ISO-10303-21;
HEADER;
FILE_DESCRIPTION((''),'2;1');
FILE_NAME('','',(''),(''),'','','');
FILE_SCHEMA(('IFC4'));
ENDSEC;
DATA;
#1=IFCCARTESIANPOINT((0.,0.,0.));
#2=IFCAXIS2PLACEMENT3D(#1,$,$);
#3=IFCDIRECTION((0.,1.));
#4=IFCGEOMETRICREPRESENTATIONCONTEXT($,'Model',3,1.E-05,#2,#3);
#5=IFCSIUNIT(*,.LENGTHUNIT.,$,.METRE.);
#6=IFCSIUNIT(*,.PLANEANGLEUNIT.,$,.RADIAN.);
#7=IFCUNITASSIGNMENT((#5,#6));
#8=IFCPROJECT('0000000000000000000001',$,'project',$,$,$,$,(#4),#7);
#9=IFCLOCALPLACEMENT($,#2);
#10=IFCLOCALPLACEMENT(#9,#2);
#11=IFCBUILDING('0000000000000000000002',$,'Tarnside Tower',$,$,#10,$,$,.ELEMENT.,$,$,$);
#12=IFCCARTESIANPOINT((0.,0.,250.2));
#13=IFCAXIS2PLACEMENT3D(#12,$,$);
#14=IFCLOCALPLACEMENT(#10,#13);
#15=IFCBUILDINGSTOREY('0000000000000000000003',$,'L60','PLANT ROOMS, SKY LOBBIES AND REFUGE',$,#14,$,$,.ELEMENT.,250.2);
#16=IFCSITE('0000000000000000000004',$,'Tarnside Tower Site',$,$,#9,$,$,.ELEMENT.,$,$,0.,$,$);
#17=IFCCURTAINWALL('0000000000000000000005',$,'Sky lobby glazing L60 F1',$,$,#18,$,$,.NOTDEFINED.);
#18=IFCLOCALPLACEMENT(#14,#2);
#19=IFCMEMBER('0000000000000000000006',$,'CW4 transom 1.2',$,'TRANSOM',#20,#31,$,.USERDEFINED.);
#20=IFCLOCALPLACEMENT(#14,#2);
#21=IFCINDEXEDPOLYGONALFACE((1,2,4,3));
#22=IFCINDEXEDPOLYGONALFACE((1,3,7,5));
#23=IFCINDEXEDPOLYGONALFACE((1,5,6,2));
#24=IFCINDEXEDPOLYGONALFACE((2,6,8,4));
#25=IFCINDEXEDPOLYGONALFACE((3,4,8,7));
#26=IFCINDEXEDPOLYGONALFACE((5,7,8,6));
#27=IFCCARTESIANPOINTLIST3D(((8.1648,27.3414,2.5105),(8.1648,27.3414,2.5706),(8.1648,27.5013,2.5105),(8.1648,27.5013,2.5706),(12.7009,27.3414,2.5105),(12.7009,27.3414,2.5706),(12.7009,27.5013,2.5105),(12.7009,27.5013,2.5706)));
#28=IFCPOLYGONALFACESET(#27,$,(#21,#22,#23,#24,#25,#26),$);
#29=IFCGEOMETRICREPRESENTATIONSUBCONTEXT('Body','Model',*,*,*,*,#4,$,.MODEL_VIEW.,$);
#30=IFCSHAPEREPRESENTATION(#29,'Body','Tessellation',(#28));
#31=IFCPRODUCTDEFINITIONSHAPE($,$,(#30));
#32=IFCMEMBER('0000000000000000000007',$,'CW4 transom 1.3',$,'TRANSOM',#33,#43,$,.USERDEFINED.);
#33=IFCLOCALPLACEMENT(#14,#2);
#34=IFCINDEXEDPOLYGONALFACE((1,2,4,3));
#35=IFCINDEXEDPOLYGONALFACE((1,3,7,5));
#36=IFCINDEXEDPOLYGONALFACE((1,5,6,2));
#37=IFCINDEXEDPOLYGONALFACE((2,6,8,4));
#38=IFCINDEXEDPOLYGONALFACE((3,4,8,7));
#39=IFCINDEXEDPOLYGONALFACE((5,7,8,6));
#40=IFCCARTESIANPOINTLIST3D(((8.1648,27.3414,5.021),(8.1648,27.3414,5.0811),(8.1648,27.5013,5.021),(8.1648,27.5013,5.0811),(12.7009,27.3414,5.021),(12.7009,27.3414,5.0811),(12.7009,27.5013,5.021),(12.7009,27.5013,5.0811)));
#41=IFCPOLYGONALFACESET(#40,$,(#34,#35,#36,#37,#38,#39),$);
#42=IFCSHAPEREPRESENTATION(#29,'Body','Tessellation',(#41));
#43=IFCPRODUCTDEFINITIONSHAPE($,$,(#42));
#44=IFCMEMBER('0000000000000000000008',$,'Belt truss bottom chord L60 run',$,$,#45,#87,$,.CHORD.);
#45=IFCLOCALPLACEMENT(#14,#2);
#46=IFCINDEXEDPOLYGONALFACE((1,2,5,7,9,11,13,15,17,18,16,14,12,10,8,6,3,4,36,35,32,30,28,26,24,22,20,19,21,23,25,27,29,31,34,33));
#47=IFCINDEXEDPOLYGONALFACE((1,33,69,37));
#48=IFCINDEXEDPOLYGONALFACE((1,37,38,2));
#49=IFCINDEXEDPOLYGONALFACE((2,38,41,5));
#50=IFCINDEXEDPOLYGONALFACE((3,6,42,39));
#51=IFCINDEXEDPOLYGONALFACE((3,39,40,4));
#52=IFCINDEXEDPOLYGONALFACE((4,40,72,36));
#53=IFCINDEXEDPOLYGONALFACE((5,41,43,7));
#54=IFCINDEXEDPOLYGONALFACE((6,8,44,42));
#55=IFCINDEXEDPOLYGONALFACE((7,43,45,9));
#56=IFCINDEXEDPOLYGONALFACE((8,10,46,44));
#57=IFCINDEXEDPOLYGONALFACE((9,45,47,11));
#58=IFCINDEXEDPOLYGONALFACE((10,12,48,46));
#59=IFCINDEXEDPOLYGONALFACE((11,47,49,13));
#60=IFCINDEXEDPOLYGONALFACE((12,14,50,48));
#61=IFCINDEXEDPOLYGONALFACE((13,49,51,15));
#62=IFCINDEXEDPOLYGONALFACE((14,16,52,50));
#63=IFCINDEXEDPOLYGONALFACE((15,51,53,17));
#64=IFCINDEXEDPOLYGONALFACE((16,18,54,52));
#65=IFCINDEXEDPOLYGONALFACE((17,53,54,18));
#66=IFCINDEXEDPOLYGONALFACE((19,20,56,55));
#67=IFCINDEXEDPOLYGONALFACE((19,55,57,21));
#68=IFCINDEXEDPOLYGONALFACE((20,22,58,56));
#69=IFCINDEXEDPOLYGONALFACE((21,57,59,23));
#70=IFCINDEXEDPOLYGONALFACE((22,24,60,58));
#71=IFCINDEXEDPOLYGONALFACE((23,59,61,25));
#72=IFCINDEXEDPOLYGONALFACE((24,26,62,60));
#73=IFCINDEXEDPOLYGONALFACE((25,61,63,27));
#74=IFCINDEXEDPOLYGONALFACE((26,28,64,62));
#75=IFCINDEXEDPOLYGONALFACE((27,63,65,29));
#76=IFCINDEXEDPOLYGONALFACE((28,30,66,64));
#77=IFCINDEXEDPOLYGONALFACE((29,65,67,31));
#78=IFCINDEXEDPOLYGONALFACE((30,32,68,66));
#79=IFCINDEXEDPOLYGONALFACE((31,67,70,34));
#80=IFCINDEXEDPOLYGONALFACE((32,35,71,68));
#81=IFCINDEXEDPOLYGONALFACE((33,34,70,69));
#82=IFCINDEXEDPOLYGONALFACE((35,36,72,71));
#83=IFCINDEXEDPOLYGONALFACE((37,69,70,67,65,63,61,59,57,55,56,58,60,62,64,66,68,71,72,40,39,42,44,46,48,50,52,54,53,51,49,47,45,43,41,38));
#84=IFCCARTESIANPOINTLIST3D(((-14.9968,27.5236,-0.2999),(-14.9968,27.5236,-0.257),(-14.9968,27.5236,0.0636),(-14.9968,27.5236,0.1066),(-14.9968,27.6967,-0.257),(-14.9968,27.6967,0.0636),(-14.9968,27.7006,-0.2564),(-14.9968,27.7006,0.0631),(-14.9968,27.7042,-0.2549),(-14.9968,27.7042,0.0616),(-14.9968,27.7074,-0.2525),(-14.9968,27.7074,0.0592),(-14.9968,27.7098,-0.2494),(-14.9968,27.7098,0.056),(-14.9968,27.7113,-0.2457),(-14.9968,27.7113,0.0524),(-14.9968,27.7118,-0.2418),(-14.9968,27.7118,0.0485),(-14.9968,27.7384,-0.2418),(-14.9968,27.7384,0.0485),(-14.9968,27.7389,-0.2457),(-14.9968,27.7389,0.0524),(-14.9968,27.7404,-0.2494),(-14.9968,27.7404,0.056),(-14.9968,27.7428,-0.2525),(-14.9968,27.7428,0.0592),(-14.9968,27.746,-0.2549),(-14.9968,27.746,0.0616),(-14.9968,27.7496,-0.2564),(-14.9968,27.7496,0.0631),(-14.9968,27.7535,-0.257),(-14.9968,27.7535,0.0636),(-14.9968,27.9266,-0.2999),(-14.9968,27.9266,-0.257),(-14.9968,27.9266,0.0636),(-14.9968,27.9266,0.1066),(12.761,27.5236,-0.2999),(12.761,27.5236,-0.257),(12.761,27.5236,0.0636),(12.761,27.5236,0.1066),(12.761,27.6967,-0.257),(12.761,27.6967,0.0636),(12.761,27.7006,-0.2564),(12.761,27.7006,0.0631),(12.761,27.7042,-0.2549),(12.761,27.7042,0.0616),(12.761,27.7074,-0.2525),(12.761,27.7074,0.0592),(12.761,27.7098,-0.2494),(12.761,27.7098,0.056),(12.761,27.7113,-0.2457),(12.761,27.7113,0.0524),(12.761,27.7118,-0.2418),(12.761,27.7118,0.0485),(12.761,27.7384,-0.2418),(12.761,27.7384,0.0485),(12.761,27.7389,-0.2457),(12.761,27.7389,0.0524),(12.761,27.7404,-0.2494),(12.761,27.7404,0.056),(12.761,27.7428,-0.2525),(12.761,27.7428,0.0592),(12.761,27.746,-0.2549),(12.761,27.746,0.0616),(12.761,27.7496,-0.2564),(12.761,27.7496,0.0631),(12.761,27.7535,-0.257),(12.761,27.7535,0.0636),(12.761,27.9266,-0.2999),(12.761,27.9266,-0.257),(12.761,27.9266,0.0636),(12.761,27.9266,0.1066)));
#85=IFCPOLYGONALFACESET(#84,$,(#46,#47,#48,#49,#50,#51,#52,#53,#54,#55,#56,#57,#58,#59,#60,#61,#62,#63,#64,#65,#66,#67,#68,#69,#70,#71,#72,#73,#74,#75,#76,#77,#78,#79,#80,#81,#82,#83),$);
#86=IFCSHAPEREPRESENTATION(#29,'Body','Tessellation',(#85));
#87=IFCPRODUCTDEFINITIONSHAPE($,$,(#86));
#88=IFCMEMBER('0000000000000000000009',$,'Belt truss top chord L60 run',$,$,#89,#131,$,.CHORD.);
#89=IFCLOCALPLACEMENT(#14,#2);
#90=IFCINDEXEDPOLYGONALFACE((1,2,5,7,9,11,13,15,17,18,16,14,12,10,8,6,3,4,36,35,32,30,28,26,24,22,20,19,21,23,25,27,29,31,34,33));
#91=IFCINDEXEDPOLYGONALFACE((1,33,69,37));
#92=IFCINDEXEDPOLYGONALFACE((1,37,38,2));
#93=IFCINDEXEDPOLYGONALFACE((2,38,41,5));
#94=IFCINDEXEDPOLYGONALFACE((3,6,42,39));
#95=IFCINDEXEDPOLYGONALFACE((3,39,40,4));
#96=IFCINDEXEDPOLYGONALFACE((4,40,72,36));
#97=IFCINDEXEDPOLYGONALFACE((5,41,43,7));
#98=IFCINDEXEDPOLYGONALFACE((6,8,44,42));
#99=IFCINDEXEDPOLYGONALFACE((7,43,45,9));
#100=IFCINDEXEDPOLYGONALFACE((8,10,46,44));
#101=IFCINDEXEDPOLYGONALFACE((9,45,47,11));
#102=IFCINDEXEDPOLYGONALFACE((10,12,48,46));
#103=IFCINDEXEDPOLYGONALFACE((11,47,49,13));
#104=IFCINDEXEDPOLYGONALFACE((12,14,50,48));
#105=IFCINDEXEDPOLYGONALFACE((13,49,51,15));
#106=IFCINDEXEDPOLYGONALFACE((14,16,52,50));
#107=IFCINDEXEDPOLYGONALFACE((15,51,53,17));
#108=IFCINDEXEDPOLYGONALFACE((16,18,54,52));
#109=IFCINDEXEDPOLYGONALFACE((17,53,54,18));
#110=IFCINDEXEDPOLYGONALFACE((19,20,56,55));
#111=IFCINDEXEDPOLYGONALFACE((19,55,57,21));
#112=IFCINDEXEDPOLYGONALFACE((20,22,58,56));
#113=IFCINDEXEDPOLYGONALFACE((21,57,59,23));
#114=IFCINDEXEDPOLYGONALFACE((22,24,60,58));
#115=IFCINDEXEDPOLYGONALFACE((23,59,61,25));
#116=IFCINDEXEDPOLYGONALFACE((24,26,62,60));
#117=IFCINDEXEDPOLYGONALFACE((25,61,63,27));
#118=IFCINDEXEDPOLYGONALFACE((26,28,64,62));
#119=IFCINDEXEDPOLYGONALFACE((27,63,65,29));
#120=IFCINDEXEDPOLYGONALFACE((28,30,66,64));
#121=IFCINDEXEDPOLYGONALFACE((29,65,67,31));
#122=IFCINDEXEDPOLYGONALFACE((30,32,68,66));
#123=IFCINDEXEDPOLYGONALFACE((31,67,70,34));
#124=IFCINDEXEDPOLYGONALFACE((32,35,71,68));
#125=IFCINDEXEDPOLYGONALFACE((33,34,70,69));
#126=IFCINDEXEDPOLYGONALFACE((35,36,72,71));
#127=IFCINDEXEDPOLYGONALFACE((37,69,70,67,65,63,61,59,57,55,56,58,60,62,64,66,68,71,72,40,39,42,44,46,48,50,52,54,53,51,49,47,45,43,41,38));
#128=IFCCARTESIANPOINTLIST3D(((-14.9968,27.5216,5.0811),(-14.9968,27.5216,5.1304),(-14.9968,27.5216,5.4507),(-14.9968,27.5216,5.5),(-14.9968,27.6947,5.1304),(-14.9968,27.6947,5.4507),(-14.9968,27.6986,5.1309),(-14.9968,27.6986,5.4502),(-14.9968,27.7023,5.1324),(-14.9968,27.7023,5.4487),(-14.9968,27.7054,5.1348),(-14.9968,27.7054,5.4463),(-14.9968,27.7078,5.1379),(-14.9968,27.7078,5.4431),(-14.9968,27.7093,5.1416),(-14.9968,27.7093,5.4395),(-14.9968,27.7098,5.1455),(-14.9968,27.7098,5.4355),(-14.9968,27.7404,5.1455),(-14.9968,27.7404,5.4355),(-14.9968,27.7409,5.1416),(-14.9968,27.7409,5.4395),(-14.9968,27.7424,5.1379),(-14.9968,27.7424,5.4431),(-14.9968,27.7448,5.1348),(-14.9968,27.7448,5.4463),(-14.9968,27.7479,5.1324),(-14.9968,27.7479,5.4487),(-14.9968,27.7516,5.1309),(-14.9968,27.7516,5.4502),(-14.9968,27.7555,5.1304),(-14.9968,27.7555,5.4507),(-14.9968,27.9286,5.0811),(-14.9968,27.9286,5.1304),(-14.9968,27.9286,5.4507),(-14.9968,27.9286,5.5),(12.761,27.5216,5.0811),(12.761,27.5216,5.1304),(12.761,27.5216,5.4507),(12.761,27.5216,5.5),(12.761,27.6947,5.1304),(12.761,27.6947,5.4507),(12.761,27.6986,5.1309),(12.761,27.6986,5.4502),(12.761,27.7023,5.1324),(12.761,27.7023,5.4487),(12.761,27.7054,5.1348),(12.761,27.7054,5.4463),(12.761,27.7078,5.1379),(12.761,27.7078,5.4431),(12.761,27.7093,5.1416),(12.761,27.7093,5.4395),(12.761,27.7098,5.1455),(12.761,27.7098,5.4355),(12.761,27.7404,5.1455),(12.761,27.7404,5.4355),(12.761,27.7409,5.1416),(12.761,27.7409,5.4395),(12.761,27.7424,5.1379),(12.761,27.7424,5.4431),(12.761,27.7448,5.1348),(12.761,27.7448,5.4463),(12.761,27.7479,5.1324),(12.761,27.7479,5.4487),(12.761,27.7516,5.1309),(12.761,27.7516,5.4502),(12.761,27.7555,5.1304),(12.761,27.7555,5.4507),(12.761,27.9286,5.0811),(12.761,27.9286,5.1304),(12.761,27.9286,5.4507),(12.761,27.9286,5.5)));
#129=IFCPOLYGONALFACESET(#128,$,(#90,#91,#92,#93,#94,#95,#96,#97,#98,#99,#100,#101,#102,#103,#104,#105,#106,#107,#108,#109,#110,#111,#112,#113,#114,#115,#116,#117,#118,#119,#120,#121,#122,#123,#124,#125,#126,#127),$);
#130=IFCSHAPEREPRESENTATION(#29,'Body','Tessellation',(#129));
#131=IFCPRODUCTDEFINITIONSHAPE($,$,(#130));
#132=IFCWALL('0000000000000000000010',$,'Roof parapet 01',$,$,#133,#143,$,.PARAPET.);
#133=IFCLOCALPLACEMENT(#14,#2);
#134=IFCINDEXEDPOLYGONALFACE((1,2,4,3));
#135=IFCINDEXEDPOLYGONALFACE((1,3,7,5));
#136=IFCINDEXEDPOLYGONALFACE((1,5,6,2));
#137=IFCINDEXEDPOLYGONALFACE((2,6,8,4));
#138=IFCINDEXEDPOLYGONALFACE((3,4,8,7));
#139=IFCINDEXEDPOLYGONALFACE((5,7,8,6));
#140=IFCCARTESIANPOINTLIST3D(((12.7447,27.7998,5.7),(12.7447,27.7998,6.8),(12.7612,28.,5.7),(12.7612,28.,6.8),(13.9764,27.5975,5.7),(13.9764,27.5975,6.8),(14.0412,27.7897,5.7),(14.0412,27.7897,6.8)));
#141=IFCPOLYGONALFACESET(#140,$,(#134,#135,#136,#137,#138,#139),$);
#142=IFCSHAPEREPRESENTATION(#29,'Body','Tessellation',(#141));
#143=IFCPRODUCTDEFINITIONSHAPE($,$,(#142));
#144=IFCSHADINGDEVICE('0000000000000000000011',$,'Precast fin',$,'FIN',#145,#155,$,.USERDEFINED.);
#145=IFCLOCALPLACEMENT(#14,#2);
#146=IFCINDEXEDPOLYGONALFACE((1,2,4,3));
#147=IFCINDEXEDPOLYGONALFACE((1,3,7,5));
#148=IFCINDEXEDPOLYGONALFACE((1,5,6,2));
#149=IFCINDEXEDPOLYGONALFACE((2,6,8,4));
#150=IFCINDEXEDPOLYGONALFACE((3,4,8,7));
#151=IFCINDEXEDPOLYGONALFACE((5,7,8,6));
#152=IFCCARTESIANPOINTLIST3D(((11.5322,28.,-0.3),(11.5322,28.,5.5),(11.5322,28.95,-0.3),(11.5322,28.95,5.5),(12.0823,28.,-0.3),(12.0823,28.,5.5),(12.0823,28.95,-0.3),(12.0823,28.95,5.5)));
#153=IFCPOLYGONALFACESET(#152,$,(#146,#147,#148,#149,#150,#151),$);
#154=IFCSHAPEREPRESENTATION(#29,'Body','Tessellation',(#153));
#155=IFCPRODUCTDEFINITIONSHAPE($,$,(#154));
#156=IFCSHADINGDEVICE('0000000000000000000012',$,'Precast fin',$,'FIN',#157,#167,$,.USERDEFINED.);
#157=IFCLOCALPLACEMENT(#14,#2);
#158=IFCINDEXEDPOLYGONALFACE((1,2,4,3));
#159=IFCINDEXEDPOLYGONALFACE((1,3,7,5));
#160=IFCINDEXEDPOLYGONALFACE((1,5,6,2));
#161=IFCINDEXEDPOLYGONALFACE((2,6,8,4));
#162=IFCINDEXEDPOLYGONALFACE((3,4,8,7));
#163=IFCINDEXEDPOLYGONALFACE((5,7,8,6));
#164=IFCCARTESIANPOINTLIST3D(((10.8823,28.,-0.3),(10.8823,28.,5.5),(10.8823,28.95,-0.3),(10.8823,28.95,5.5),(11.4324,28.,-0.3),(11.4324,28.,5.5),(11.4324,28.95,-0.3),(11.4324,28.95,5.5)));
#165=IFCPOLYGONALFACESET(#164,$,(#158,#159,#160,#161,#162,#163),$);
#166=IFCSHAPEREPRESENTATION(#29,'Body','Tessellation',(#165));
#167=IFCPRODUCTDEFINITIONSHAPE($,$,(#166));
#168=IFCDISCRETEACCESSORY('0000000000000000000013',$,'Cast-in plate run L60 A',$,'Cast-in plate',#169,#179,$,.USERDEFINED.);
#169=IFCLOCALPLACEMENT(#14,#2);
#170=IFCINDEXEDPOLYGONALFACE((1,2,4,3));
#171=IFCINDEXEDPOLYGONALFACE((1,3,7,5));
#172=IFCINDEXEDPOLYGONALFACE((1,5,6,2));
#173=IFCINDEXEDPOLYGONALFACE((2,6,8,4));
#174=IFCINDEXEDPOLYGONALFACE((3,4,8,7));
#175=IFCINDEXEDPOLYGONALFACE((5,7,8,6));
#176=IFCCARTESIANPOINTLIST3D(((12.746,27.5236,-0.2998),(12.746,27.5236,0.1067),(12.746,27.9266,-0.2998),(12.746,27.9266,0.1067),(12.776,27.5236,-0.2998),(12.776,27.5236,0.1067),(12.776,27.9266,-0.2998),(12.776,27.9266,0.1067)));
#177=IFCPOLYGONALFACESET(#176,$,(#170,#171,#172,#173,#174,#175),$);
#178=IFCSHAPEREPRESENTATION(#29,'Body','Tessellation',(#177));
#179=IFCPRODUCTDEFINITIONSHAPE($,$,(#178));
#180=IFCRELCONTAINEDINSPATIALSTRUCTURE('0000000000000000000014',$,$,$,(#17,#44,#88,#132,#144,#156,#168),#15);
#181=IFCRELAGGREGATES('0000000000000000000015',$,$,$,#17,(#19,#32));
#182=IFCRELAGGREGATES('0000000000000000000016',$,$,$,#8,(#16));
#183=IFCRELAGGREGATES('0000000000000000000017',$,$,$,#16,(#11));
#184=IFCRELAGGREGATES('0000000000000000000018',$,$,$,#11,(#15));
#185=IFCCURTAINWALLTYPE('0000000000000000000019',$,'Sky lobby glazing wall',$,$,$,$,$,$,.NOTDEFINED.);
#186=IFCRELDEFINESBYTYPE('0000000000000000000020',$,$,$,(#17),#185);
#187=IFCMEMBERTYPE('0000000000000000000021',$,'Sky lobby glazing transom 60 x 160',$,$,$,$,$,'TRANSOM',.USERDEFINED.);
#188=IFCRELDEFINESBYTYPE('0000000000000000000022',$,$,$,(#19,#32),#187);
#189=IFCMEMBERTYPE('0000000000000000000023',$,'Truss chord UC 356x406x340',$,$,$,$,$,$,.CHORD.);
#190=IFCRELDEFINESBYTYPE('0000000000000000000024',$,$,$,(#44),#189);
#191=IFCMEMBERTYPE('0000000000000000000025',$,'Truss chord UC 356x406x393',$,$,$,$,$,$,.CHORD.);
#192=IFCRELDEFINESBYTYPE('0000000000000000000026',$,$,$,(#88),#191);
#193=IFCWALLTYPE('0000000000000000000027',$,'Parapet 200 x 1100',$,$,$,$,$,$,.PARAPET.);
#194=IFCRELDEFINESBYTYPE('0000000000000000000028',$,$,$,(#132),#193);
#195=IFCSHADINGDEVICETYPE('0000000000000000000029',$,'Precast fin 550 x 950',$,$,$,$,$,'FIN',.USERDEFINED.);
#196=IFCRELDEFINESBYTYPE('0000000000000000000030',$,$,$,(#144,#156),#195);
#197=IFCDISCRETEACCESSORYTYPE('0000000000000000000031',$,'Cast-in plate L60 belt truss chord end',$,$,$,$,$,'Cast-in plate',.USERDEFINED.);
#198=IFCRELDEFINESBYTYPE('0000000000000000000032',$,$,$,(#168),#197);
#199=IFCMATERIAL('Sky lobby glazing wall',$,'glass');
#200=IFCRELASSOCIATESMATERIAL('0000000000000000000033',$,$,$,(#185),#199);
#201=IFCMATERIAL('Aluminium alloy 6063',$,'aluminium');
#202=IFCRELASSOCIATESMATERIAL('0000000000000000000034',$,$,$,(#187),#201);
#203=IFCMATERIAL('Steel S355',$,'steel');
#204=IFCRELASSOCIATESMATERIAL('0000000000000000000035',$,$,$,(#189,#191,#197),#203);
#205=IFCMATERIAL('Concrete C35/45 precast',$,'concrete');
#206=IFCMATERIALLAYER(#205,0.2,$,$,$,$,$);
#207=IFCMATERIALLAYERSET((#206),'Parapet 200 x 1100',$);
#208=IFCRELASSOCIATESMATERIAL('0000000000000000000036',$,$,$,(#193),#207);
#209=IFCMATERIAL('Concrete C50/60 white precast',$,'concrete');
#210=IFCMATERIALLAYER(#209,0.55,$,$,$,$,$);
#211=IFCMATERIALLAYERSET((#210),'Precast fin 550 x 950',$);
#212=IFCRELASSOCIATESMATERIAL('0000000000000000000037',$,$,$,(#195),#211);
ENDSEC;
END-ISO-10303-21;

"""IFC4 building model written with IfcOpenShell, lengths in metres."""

from ifc_helpers import new_model, si_unit, direction, frame, origin, origin_2d, place, context, subcontext, project, spatial, polyline, rectangle, i_section, outline, extrude, material, layer, layer_set, material_profile, profile_set, type_object, element, aggregate, save


model = new_model("IFC4")

# Units and contexts
model_context = context("Model", 3, precision=1e-05, world=origin(), true_north=direction((0.0, 1.0)))
body_context = subcontext(model_context, "Body", "Model", "MODEL_VIEW")
ifc_project = project(units=[si_unit("LENGTHUNIT", "METRE"), si_unit("PLANEANGLEUNIT", "RADIAN")], contexts=[model_context])

# Site, building, storey
site_placement = place(None, origin())
site = spatial("IfcSite", under=ifc_project, at=site_placement, Name="Tarnside Tower Site", CompositionType="ELEMENT", RefElevation=0.0)
building_placement = place(site_placement, origin())
building = spatial("IfcBuilding", under=site, at=building_placement, Name="Tarnside Tower", CompositionType="ELEMENT")
storey_placement = place(building_placement, frame((0.0, 0.0, 250.2)))
storey = spatial("IfcBuildingStorey", under=building, at=storey_placement, Name="L60", Description="PLANT ROOMS, SKY LOBBIES AND REFUGE", CompositionType="ELEMENT", Elevation=250.2)

# Shared definitions
ifc_material_1 = material(Name="Steel S355", Category="steel")

# Curtain wall, members
ifc_material_2 = material(Name="Sky lobby glazing wall", Category="glass")
curtain_wall_type = type_object("IfcCurtainWallType", Name="Sky lobby glazing wall", PredefinedType="NOTDEFINED", material=ifc_material_2)
curtain_wall_placement = place(storey_placement, origin())
curtain_wall = element("IfcCurtainWall", 1, at=curtain_wall_placement, inside=storey, type_object=curtain_wall_type, Name="Sky lobby glazing L60 F1", PredefinedType="NOTDEFINED")
ifc_material_3 = material(Name="Aluminium alloy 6063", Category="aluminium")
ifc_material_profile_1 = material_profile(ifc_material_3, rectangle(XDim=0.1599, YDim=0.0601, at=origin_2d()), Name="Sky lobby glazing transom 60 x 160")
ifc_profile_set_1 = profile_set([ifc_material_profile_1], Name="Aluminium alloy 6063")
member_type_1 = type_object("IfcMemberType", Name="Sky lobby glazing transom 60 x 160", ElementType="TRANSOM", PredefinedType="USERDEFINED", material=ifc_profile_set_1)
member_1_placement = place(storey_placement, frame((12.7009, 27.4214, 2.5405), z_axis=(-1.0, 0.0, 0.0), x_axis=(0.0, -1.0, 0.0)))
member_1 = element("IfcMember", 2, at=member_1_placement, type_object=member_type_1, Name="CW4 transom 1.2", ObjectType="TRANSOM", PredefinedType="USERDEFINED", context=body_context, shape_type="SweptSolid", body=[
    extrude(rectangle(XDim=0.1599, YDim=0.0601, at=origin_2d()), origin(), (0.0, 0.0, 1.0), 4.5361),
])
member_2_placement = place(storey_placement, frame((12.7009, 27.4214, 5.051), z_axis=(-1.0, 0.0, 0.0), x_axis=(0.0, -1.0, 0.0)))
member_2 = element("IfcMember", 3, at=member_2_placement, type_object=member_type_1, Name="CW4 transom 1.3", ObjectType="TRANSOM", PredefinedType="USERDEFINED", context=body_context, shape_type="SweptSolid", body=[
    extrude(rectangle(XDim=0.1599, YDim=0.0601, at=origin_2d()), origin(), (0.0, 0.0, 1.0), 4.5361),
])
aggregate(curtain_wall, [member_1, member_2])

# Members
ifc_material_profile_2 = material_profile(ifc_material_1, i_section(OverallWidth=0.4031, OverallDepth=0.4065, WebThickness=0.0266, FlangeThickness=0.043, FilletRadius=0.0151, at=origin_2d()), Name="UC 356x406x340")
ifc_profile_set_2 = profile_set([ifc_material_profile_2], Name="Steel S355")
member_type_2 = type_object("IfcMemberType", Name="Truss chord UC 356x406x340", PredefinedType="CHORD", material=ifc_profile_set_2)
member_3_placement = place(storey_placement, frame((12.761, 27.7251, -0.0967), z_axis=(-1.0, 0.0, 0.0), x_axis=(0.0, -1.0, 0.0)))
element("IfcMember", 4, at=member_3_placement, inside=storey, type_object=member_type_2, Name="Belt truss bottom chord L60 run", PredefinedType="CHORD", context=body_context, shape_type="SweptSolid", body=[
    extrude(i_section(OverallWidth=0.4031, OverallDepth=0.4065, WebThickness=0.0266, FlangeThickness=0.043, FilletRadius=0.0151, at=origin_2d()), origin(), (0.0, 0.0, 1.0), 27.7578),
])
ifc_material_profile_3 = material_profile(ifc_material_1, i_section(OverallWidth=0.407, OverallDepth=0.4189, WebThickness=0.0305, FlangeThickness=0.0493, FilletRadius=0.0151, at=origin_2d()), Name="UC 356x406x393")
ifc_profile_set_3 = profile_set([ifc_material_profile_3], Name="Steel S355")
member_type_3 = type_object("IfcMemberType", Name="Truss chord UC 356x406x393", PredefinedType="CHORD", material=ifc_profile_set_3)
member_4_placement = place(storey_placement, frame((12.761, 27.7251, 5.2905), z_axis=(-1.0, 0.0, 0.0), x_axis=(0.0, -1.0, 0.0)))
element("IfcMember", 5, at=member_4_placement, inside=storey, type_object=member_type_3, Name="Belt truss top chord L60 run", PredefinedType="CHORD", context=body_context, shape_type="SweptSolid", body=[
    extrude(i_section(OverallWidth=0.407, OverallDepth=0.4189, WebThickness=0.0305, FlangeThickness=0.0493, FilletRadius=0.0151, at=origin_2d()), origin(), (0.0, 0.0, 1.0), 27.7578),
])

# Wall
ifc_material_4 = material(Name="Concrete C35/45 precast", Category="concrete")
ifc_layer_1 = layer(ifc_material_4, 0.2)
ifc_layer_set_1 = layer_set([ifc_layer_1], Name="Parapet 200 x 1100")
wall_type = type_object("IfcWallType", Name="Parapet 200 x 1100", PredefinedType="PARAPET", material=ifc_layer_set_1)
wall_placement = place(storey_placement, frame((12.7529, 27.8999, 5.7), z_axis=(0.0, 0.0, 1.0), x_axis=(0.986775, -0.162097, 0.0)))
element("IfcWall", 6, at=wall_placement, inside=storey, type_object=wall_type, Name="Roof parapet 01", PredefinedType="PARAPET", context=body_context, shape_type="SweptSolid", body=[
    extrude(outline(polyline([(0.0081, -0.1001), (1.2563, -0.1001), (1.2891, 0.1001), (-0.0081, 0.1001), (0.0081, -0.1001)])), origin(), (0.0, 0.0, 1.0), 1.1001),
])

# Shading devices
ifc_material_5 = material(Name="Concrete C50/60 white precast", Category="concrete")
ifc_layer_2 = layer(ifc_material_5, 0.55)
ifc_layer_set_2 = layer_set([ifc_layer_2], Name="Precast fin 550 x 950")
shading_device_type = type_object("IfcShadingDeviceType", Name="Precast fin 550 x 950", ElementType="FIN", PredefinedType="USERDEFINED", material=ifc_layer_set_2)
for number, where, z_axis, x_axis, name in (
    (7, (11.8071, 28.0, -0.3), (1.0, 0.0, 0.0), (0.0, 1.0, 0.0), "Precast fin"),
    (8, (11.1572, 28.0, -0.3), (1.0, 0.0, 0.0), (0.0, 1.0, 0.0), "Precast fin"),
):
    element("IfcShadingDevice", number, at=place(storey_placement, frame(where, z_axis=z_axis, x_axis=x_axis)), inside=storey, type_object=shading_device_type, Name=name, ObjectType="FIN", PredefinedType="USERDEFINED", context=body_context, shape_type="SweptSolid", body=[
        extrude(outline(polyline([(0.0, 0.0), (0.95, 0.0), (0.95, 5.8), (0.0, 5.8), (0.0, 0.0)])), frame((0.0, 0.0, -0.2749)), (0.0, 0.0, 1.0), 0.55),
    ])

# Discrete accessory
discrete_accessory_type_1 = type_object("IfcDiscreteAccessoryType", Name="Cast-in plate L60 belt truss chord end", ElementType="Cast-in plate", PredefinedType="USERDEFINED", material=ifc_material_1)
discrete_accessory_placement = place(storey_placement, frame((12.761, 27.7251, -0.2998), z_axis=(0.0, 0.0, 1.0), x_axis=(-1.0, 0.0, 0.0)))
element("IfcDiscreteAccessory", 9, at=discrete_accessory_placement, inside=storey, type_object=discrete_accessory_type_1, Name="Cast-in plate run L60 A", ObjectType="Cast-in plate", PredefinedType="USERDEFINED", context=body_context, shape_type="SweptSolid", body=[
    extrude(rectangle(XDim=0.03, YDim=0.4031, at=origin_2d()), origin(), (0.0, 0.0, 1.0), 0.4065),
])

save(model, "model.ifc")
